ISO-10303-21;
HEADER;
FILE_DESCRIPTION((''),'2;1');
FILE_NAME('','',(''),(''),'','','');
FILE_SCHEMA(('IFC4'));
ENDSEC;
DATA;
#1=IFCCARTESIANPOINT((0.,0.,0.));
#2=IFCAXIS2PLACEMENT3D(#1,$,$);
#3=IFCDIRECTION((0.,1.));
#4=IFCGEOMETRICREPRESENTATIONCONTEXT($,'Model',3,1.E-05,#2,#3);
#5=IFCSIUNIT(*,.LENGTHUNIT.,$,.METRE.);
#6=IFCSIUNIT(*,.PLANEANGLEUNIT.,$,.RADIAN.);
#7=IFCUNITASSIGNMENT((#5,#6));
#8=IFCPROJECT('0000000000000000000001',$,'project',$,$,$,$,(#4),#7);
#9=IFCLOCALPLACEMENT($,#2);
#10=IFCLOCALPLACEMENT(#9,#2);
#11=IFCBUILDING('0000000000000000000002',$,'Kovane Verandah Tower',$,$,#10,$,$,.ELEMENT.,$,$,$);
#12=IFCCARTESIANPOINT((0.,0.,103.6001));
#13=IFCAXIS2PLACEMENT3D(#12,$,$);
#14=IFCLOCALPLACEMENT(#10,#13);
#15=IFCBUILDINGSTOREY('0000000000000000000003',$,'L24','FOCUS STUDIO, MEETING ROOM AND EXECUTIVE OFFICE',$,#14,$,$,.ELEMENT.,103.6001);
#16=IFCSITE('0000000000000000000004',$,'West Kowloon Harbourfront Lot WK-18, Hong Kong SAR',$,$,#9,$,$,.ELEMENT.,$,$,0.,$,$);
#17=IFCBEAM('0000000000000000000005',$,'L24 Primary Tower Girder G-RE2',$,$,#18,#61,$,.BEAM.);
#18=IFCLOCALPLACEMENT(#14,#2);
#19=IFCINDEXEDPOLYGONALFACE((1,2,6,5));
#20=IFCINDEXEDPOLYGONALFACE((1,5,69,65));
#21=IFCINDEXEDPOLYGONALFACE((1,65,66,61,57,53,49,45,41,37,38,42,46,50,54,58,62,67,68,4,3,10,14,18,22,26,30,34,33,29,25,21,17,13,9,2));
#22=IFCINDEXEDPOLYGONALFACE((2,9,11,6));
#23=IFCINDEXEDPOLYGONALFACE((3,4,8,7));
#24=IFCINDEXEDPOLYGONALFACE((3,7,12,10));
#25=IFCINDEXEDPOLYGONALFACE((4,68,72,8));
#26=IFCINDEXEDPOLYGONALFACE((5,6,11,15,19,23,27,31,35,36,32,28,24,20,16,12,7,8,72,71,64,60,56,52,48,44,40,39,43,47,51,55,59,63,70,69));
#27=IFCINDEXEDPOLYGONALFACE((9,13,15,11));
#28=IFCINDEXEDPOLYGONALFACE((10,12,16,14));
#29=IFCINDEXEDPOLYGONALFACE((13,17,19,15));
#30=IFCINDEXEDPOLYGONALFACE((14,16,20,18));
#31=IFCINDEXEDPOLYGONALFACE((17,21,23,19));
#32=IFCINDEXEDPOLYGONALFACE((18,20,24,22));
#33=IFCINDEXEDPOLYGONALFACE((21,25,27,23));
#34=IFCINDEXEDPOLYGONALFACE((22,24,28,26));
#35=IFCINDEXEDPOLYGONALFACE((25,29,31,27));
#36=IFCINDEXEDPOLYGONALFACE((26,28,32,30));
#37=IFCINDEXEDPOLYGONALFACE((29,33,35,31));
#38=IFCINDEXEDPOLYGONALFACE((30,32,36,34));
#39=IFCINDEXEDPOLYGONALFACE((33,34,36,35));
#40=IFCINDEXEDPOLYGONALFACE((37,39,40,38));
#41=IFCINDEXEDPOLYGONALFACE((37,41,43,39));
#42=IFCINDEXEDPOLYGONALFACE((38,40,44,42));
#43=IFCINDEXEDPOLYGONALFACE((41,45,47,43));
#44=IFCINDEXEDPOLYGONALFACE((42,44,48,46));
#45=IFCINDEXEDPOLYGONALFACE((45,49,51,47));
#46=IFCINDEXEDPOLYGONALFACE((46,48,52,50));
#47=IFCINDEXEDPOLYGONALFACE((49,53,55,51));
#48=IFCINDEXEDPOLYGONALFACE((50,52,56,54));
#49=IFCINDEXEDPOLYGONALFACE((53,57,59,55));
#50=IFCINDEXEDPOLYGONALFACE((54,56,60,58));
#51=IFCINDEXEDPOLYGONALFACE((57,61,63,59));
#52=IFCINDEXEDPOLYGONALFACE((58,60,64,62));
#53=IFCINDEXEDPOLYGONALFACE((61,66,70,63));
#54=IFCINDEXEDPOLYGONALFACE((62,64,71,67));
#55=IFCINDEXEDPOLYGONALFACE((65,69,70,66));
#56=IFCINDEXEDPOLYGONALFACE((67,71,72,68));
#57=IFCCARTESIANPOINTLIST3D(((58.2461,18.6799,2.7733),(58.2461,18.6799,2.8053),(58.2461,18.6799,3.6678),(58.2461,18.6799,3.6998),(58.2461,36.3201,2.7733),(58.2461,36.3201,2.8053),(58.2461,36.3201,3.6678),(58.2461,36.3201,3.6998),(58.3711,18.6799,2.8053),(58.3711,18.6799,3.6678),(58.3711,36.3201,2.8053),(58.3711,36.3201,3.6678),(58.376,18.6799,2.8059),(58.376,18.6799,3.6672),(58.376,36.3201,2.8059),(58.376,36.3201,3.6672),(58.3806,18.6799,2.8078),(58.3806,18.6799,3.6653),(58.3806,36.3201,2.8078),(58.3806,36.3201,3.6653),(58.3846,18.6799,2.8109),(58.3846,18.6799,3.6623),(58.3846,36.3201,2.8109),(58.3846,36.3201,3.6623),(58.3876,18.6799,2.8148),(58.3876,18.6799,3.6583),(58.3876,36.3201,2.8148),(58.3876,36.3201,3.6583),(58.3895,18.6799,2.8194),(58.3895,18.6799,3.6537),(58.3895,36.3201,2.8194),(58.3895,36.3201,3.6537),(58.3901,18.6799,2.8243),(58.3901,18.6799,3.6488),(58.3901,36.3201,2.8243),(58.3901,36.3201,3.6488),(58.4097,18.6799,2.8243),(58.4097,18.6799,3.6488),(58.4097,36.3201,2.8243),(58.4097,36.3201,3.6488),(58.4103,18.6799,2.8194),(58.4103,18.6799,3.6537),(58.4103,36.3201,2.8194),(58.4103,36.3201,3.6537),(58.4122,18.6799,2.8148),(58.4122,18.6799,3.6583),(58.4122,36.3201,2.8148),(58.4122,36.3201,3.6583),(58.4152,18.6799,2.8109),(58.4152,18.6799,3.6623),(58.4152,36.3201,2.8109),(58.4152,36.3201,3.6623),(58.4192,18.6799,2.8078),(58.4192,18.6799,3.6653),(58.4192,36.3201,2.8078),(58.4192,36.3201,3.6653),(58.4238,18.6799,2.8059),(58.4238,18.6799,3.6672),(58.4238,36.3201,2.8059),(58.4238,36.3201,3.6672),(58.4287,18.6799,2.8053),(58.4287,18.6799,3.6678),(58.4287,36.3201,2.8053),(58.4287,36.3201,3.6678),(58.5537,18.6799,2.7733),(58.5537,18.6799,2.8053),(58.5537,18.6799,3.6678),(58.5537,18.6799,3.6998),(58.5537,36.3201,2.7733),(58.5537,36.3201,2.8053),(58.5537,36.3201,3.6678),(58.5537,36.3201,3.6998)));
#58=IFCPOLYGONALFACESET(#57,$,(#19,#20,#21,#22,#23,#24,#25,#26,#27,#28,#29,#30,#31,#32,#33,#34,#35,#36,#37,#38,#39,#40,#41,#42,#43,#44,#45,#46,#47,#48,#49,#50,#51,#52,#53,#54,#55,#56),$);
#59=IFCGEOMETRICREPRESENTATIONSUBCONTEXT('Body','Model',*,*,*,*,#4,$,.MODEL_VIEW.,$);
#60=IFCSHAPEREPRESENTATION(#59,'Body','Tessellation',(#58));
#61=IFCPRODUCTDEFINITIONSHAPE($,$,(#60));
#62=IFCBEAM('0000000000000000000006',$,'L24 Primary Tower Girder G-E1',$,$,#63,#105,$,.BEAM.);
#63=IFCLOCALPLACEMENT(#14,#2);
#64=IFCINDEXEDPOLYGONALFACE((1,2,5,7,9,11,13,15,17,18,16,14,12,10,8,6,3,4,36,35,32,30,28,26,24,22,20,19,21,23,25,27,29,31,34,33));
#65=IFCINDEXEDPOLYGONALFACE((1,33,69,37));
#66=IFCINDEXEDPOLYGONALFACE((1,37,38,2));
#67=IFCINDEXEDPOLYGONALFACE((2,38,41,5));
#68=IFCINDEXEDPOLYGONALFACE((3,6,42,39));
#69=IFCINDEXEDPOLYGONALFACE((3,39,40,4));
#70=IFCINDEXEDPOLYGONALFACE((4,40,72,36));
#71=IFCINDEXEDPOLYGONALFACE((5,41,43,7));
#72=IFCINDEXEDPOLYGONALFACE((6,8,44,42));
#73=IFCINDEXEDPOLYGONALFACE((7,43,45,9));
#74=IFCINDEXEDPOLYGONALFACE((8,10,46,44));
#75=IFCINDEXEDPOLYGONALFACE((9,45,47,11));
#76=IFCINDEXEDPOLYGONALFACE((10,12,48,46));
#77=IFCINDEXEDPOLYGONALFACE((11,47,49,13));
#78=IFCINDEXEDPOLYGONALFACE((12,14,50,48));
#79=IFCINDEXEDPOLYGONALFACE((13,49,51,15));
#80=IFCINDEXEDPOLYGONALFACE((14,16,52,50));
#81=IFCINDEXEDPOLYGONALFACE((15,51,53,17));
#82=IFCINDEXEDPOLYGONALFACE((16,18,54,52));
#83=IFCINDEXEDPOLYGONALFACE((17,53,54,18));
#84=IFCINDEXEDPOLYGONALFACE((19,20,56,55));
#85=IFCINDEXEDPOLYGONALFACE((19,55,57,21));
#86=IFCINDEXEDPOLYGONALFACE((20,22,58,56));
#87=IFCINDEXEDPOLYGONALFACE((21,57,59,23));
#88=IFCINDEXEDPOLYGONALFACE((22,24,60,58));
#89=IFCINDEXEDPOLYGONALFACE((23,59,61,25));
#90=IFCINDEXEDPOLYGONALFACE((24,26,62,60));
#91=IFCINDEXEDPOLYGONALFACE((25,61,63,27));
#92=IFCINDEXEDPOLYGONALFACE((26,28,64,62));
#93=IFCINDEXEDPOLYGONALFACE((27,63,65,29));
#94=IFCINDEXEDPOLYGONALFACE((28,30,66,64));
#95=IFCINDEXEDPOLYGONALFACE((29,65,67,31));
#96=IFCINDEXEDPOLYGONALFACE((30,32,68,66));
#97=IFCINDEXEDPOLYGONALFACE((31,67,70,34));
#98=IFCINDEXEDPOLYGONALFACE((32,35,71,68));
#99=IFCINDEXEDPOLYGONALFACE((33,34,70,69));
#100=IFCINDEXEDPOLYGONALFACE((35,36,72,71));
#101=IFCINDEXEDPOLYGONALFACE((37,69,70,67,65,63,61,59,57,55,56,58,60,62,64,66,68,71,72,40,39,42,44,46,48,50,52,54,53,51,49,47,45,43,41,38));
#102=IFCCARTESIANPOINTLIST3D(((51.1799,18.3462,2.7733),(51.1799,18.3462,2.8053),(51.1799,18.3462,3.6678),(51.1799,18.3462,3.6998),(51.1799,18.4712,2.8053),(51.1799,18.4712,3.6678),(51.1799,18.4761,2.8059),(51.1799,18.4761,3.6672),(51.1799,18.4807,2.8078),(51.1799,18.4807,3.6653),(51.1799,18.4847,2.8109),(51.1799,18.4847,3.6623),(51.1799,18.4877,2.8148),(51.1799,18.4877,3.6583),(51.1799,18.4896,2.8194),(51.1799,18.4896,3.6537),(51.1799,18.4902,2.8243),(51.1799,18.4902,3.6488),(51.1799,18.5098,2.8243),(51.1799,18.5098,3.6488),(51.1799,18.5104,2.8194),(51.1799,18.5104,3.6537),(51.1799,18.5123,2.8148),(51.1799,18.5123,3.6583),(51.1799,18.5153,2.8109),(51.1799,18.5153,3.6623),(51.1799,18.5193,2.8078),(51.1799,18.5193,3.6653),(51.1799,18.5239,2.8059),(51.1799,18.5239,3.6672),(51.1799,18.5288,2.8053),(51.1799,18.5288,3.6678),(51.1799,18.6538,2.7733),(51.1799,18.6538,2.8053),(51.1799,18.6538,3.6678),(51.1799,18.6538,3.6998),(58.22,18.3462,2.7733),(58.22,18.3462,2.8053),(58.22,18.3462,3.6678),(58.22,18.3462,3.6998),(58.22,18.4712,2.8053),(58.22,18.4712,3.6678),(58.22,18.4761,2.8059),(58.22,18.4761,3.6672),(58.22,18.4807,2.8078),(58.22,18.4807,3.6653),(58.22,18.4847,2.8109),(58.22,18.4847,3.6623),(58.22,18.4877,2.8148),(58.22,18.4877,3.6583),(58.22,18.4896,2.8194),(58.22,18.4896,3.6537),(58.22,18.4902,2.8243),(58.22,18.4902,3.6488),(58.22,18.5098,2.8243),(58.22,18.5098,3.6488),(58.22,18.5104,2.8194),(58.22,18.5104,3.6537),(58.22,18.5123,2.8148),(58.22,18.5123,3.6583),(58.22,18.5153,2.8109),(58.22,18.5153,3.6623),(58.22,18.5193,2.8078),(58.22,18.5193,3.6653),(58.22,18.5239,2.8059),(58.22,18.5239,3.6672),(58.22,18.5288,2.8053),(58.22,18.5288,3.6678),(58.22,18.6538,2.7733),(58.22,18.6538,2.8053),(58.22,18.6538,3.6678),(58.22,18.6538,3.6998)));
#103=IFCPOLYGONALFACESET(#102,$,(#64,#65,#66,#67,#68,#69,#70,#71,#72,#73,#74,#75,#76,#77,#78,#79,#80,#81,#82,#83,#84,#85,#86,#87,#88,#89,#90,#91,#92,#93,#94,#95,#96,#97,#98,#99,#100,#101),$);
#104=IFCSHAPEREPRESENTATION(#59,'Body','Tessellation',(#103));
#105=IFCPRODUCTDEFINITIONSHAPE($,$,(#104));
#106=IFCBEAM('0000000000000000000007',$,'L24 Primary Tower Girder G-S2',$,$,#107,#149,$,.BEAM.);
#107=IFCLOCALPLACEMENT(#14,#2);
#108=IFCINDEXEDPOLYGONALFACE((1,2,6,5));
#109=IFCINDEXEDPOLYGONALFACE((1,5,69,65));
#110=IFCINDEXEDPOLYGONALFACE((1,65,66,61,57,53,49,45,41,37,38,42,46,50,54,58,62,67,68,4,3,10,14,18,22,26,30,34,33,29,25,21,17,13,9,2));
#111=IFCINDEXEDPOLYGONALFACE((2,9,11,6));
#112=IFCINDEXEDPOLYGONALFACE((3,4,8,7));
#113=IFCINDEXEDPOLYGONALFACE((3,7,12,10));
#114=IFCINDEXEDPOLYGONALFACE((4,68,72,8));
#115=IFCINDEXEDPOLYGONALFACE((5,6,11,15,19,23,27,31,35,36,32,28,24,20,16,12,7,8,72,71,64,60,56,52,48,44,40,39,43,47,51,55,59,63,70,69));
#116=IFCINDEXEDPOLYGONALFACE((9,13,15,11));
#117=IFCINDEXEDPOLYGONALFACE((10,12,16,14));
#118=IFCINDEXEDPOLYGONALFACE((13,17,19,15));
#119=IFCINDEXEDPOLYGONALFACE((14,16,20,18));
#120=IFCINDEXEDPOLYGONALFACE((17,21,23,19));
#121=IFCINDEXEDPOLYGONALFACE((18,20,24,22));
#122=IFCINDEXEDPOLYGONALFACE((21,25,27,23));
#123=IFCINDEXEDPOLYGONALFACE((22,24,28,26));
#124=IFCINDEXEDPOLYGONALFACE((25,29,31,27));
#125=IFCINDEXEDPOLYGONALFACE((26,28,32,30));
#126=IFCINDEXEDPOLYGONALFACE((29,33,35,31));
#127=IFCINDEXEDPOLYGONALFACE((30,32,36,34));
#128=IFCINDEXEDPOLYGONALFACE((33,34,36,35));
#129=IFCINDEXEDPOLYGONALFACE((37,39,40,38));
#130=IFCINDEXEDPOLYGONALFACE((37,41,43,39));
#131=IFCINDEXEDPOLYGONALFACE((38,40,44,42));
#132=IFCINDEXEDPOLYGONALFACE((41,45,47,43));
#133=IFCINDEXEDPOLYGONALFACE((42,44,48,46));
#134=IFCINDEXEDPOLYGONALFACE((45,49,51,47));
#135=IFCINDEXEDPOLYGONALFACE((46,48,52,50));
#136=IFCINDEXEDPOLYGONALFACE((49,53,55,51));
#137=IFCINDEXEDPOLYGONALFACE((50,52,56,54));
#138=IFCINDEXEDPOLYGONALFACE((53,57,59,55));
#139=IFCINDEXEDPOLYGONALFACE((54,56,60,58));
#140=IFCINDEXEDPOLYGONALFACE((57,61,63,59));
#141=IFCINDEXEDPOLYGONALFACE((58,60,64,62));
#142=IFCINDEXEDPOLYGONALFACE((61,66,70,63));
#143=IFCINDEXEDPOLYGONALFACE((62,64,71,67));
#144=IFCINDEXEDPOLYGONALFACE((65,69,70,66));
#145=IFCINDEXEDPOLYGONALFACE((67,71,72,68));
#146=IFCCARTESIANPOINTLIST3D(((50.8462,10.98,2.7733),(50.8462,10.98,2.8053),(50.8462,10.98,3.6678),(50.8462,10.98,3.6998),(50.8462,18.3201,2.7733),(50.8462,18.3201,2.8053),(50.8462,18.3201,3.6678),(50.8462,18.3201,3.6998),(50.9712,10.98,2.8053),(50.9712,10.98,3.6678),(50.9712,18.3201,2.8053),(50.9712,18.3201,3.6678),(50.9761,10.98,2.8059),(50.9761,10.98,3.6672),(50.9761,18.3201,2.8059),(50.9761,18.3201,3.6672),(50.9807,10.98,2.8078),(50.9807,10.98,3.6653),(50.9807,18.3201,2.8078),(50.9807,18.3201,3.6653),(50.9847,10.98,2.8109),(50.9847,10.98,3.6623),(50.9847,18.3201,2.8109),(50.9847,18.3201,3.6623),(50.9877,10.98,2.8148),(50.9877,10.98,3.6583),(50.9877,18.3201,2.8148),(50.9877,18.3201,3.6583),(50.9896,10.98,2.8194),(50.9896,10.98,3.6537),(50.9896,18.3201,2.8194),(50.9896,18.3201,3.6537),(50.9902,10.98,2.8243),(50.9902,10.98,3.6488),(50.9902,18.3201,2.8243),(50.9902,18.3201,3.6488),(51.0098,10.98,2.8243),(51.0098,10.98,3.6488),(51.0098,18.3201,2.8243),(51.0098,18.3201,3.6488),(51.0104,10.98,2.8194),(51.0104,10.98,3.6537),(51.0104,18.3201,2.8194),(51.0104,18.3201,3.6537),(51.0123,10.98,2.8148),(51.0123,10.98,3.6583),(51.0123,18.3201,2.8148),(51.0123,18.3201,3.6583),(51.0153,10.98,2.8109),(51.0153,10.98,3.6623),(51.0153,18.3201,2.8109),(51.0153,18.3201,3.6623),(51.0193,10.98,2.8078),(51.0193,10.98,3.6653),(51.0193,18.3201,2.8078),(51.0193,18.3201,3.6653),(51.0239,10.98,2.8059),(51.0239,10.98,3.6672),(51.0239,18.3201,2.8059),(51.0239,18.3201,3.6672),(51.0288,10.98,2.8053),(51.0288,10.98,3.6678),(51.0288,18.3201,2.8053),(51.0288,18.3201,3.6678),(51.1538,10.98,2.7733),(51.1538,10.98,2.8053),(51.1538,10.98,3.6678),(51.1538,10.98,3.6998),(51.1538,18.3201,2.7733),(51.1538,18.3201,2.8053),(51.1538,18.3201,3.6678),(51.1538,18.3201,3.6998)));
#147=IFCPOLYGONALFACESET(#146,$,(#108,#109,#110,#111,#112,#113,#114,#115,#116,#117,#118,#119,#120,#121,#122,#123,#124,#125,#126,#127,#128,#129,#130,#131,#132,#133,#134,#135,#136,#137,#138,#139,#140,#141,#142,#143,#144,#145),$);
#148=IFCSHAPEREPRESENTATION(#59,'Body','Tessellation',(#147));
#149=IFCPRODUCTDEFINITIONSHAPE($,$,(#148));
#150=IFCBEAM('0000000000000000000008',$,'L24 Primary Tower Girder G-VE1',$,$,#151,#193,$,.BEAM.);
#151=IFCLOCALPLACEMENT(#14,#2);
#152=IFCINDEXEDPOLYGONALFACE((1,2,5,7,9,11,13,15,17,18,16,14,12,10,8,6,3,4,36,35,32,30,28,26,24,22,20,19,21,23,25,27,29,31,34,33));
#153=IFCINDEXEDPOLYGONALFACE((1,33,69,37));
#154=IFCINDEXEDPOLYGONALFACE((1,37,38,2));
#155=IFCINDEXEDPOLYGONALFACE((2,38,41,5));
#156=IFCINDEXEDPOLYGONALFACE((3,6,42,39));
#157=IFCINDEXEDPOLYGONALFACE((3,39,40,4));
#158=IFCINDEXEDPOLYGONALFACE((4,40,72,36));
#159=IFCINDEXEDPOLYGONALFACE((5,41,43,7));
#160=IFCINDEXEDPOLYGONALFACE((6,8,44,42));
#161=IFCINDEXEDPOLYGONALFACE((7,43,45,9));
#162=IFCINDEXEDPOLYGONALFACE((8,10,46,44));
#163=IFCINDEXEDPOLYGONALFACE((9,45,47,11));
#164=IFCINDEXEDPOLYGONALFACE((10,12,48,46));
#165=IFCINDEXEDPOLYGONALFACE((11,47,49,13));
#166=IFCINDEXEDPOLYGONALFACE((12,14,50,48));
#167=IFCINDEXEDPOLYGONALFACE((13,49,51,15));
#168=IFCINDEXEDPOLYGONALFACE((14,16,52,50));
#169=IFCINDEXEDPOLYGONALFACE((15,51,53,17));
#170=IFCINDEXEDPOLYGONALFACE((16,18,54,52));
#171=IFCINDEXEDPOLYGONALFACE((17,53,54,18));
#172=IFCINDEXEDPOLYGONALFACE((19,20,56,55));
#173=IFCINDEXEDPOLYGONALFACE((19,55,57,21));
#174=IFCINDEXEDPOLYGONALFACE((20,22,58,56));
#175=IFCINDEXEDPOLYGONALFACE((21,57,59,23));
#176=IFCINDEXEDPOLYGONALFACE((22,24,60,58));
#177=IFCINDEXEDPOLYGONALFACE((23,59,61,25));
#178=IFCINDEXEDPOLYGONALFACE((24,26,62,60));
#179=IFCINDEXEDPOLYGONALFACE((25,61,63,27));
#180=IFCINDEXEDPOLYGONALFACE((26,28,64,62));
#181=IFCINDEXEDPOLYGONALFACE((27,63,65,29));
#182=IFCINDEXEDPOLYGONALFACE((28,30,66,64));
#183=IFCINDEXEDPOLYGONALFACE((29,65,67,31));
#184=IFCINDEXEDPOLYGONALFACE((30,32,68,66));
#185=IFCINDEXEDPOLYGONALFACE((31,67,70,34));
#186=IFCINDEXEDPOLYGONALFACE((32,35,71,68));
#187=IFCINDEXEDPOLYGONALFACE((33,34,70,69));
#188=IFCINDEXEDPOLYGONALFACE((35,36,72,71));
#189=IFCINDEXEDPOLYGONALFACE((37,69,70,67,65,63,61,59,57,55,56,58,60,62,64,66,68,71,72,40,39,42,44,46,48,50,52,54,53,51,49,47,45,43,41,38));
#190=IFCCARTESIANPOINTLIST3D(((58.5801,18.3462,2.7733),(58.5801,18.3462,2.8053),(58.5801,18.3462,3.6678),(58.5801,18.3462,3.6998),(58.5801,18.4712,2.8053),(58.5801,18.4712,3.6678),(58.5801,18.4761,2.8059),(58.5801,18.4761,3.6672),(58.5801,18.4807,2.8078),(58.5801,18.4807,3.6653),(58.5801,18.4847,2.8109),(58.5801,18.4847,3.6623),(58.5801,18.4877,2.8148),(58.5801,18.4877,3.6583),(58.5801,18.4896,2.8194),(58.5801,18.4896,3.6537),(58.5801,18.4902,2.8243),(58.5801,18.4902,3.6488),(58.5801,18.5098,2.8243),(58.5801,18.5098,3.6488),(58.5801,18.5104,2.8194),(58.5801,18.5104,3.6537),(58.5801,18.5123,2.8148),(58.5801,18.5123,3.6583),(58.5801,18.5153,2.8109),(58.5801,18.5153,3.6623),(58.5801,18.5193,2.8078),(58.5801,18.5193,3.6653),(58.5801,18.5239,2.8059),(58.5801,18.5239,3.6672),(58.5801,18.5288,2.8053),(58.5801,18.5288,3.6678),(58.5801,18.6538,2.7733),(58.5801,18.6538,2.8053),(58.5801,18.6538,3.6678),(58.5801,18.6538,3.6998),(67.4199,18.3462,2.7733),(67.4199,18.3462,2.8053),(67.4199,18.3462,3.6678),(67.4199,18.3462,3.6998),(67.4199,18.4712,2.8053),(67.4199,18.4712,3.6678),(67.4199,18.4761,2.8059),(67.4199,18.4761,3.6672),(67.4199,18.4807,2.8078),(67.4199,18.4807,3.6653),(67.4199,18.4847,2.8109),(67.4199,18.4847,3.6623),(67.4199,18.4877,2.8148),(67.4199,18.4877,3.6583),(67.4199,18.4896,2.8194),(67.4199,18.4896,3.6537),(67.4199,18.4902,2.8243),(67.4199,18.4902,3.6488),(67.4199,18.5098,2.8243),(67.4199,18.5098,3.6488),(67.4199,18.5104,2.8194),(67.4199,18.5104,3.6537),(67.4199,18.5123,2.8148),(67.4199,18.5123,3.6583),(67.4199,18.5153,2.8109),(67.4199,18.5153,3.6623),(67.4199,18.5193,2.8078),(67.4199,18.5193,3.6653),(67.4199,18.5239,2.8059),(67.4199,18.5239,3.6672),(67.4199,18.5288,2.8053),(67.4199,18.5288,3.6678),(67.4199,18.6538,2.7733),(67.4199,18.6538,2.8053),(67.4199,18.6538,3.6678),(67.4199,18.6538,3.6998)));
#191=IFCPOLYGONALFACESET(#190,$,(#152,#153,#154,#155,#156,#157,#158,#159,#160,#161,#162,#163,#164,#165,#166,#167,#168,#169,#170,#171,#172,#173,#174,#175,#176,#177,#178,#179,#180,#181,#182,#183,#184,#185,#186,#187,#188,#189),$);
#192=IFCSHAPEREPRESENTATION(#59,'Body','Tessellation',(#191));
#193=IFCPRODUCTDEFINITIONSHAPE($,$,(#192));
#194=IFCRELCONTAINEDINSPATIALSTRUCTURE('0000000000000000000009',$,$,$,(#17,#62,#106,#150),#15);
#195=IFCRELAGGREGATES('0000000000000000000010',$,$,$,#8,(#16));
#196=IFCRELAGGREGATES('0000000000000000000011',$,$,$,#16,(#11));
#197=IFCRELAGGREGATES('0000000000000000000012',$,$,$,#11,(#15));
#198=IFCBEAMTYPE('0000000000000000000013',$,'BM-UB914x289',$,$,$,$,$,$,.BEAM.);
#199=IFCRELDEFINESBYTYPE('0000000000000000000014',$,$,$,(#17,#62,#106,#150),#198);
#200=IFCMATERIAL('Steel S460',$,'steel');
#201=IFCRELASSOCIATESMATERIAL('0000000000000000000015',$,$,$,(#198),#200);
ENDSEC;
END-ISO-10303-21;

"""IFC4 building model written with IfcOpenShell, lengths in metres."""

from ifc_helpers import new_model, si_unit, direction, frame, origin, origin_2d, place, context, subcontext, project, spatial, i_section, extrude, material, material_profile, profile_set, type_object, element, save


model = new_model("IFC4")

# Units and contexts
model_context = context("Model", 3, precision=1e-05, world=origin(), true_north=direction((0.0, 1.0)))
body_context = subcontext(model_context, "Body", "Model", "MODEL_VIEW")
ifc_project = project(units=[si_unit("LENGTHUNIT", "METRE"), si_unit("PLANEANGLEUNIT", "RADIAN")], contexts=[model_context])

# Site, building, storey
site_placement = place(None, origin())
site = spatial("IfcSite", under=ifc_project, at=site_placement, Name="West Kowloon Harbourfront Lot WK-18, Hong Kong SAR", CompositionType="ELEMENT", RefElevation=0.0)
building_placement = place(site_placement, origin())
building = spatial("IfcBuilding", under=site, at=building_placement, Name="Kovane Verandah Tower", CompositionType="ELEMENT")
storey_placement = place(building_placement, frame((0.0, 0.0, 103.6001)))
storey = spatial("IfcBuildingStorey", under=building, at=storey_placement, Name="L24", Description="FOCUS STUDIO, MEETING ROOM AND EXECUTIVE OFFICE", CompositionType="ELEMENT", Elevation=103.6001)

# Shared definitions
ifc_material_1 = material(Name="Steel S460", Category="steel")

# Beams
ifc_material_profile_1 = material_profile(ifc_material_1, i_section(OverallWidth=0.3076, OverallDepth=0.9265, WebThickness=0.0195, FlangeThickness=0.032, FilletRadius=0.019, at=origin_2d()), Name="UB914x305x289")
ifc_profile_set_1 = profile_set([ifc_material_profile_1], Name="Steel S460")
beam_type_1 = type_object("IfcBeamType", Name="BM-UB914x289", PredefinedType="BEAM", material=ifc_profile_set_1)
beam_1_placement = place(storey_placement, frame((58.3999, 18.6799, 3.2366), z_axis=(0.0, 1.0, 0.0), x_axis=(-1.0, 0.0, 0.0)))
element("IfcBeam", 1, at=beam_1_placement, inside=storey, type_object=beam_type_1, Name="L24 Primary Tower Girder G-RE2", PredefinedType="BEAM", context=body_context, shape_type="SweptSolid", body=[
    extrude(i_section(OverallWidth=0.3076, OverallDepth=0.9265, WebThickness=0.0195, FlangeThickness=0.032, FilletRadius=0.019, at=origin_2d()), origin(), (0.0, 0.0, 1.0), 17.6401),
])
beam_2_placement = place(storey_placement, frame((51.1799, 18.5, 3.2366), z_axis=(1.0, 0.0, 0.0), x_axis=(0.0, 1.0, 0.0)))
element("IfcBeam", 2, at=beam_2_placement, inside=storey, type_object=beam_type_1, Name="L24 Primary Tower Girder G-E1", PredefinedType="BEAM", context=body_context, shape_type="SweptSolid", body=[
    extrude(i_section(OverallWidth=0.3076, OverallDepth=0.9265, WebThickness=0.0195, FlangeThickness=0.032, FilletRadius=0.019, at=origin_2d()), origin(), (0.0, 0.0, 1.0), 7.04),
])
beam_3_placement = place(storey_placement, frame((51.0, 18.3201, 3.2366), z_axis=(0.0, -1.0, 0.0), x_axis=(1.0, 0.0, 0.0)))
element("IfcBeam", 3, at=beam_3_placement, inside=storey, type_object=beam_type_1, Name="L24 Primary Tower Girder G-S2", PredefinedType="BEAM", context=body_context, shape_type="SweptSolid", body=[
    extrude(i_section(OverallWidth=0.3076, OverallDepth=0.9265, WebThickness=0.0195, FlangeThickness=0.032, FilletRadius=0.019, at=origin_2d()), origin(), (0.0, 0.0, 1.0), 7.3401),
])
beam_4_placement = place(storey_placement, frame((58.5801, 18.5, 3.2366), z_axis=(1.0, 0.0, 0.0), x_axis=(0.0, 1.0, 0.0)))
element("IfcBeam", 4, at=beam_4_placement, inside=storey, type_object=beam_type_1, Name="L24 Primary Tower Girder G-VE1", PredefinedType="BEAM", context=body_context, shape_type="SweptSolid", body=[
    extrude(i_section(OverallWidth=0.3076, OverallDepth=0.9265, WebThickness=0.0195, FlangeThickness=0.032, FilletRadius=0.019, at=origin_2d()), origin(), (0.0, 0.0, 1.0), 8.8398),
])

save(model, "model.ifc")
